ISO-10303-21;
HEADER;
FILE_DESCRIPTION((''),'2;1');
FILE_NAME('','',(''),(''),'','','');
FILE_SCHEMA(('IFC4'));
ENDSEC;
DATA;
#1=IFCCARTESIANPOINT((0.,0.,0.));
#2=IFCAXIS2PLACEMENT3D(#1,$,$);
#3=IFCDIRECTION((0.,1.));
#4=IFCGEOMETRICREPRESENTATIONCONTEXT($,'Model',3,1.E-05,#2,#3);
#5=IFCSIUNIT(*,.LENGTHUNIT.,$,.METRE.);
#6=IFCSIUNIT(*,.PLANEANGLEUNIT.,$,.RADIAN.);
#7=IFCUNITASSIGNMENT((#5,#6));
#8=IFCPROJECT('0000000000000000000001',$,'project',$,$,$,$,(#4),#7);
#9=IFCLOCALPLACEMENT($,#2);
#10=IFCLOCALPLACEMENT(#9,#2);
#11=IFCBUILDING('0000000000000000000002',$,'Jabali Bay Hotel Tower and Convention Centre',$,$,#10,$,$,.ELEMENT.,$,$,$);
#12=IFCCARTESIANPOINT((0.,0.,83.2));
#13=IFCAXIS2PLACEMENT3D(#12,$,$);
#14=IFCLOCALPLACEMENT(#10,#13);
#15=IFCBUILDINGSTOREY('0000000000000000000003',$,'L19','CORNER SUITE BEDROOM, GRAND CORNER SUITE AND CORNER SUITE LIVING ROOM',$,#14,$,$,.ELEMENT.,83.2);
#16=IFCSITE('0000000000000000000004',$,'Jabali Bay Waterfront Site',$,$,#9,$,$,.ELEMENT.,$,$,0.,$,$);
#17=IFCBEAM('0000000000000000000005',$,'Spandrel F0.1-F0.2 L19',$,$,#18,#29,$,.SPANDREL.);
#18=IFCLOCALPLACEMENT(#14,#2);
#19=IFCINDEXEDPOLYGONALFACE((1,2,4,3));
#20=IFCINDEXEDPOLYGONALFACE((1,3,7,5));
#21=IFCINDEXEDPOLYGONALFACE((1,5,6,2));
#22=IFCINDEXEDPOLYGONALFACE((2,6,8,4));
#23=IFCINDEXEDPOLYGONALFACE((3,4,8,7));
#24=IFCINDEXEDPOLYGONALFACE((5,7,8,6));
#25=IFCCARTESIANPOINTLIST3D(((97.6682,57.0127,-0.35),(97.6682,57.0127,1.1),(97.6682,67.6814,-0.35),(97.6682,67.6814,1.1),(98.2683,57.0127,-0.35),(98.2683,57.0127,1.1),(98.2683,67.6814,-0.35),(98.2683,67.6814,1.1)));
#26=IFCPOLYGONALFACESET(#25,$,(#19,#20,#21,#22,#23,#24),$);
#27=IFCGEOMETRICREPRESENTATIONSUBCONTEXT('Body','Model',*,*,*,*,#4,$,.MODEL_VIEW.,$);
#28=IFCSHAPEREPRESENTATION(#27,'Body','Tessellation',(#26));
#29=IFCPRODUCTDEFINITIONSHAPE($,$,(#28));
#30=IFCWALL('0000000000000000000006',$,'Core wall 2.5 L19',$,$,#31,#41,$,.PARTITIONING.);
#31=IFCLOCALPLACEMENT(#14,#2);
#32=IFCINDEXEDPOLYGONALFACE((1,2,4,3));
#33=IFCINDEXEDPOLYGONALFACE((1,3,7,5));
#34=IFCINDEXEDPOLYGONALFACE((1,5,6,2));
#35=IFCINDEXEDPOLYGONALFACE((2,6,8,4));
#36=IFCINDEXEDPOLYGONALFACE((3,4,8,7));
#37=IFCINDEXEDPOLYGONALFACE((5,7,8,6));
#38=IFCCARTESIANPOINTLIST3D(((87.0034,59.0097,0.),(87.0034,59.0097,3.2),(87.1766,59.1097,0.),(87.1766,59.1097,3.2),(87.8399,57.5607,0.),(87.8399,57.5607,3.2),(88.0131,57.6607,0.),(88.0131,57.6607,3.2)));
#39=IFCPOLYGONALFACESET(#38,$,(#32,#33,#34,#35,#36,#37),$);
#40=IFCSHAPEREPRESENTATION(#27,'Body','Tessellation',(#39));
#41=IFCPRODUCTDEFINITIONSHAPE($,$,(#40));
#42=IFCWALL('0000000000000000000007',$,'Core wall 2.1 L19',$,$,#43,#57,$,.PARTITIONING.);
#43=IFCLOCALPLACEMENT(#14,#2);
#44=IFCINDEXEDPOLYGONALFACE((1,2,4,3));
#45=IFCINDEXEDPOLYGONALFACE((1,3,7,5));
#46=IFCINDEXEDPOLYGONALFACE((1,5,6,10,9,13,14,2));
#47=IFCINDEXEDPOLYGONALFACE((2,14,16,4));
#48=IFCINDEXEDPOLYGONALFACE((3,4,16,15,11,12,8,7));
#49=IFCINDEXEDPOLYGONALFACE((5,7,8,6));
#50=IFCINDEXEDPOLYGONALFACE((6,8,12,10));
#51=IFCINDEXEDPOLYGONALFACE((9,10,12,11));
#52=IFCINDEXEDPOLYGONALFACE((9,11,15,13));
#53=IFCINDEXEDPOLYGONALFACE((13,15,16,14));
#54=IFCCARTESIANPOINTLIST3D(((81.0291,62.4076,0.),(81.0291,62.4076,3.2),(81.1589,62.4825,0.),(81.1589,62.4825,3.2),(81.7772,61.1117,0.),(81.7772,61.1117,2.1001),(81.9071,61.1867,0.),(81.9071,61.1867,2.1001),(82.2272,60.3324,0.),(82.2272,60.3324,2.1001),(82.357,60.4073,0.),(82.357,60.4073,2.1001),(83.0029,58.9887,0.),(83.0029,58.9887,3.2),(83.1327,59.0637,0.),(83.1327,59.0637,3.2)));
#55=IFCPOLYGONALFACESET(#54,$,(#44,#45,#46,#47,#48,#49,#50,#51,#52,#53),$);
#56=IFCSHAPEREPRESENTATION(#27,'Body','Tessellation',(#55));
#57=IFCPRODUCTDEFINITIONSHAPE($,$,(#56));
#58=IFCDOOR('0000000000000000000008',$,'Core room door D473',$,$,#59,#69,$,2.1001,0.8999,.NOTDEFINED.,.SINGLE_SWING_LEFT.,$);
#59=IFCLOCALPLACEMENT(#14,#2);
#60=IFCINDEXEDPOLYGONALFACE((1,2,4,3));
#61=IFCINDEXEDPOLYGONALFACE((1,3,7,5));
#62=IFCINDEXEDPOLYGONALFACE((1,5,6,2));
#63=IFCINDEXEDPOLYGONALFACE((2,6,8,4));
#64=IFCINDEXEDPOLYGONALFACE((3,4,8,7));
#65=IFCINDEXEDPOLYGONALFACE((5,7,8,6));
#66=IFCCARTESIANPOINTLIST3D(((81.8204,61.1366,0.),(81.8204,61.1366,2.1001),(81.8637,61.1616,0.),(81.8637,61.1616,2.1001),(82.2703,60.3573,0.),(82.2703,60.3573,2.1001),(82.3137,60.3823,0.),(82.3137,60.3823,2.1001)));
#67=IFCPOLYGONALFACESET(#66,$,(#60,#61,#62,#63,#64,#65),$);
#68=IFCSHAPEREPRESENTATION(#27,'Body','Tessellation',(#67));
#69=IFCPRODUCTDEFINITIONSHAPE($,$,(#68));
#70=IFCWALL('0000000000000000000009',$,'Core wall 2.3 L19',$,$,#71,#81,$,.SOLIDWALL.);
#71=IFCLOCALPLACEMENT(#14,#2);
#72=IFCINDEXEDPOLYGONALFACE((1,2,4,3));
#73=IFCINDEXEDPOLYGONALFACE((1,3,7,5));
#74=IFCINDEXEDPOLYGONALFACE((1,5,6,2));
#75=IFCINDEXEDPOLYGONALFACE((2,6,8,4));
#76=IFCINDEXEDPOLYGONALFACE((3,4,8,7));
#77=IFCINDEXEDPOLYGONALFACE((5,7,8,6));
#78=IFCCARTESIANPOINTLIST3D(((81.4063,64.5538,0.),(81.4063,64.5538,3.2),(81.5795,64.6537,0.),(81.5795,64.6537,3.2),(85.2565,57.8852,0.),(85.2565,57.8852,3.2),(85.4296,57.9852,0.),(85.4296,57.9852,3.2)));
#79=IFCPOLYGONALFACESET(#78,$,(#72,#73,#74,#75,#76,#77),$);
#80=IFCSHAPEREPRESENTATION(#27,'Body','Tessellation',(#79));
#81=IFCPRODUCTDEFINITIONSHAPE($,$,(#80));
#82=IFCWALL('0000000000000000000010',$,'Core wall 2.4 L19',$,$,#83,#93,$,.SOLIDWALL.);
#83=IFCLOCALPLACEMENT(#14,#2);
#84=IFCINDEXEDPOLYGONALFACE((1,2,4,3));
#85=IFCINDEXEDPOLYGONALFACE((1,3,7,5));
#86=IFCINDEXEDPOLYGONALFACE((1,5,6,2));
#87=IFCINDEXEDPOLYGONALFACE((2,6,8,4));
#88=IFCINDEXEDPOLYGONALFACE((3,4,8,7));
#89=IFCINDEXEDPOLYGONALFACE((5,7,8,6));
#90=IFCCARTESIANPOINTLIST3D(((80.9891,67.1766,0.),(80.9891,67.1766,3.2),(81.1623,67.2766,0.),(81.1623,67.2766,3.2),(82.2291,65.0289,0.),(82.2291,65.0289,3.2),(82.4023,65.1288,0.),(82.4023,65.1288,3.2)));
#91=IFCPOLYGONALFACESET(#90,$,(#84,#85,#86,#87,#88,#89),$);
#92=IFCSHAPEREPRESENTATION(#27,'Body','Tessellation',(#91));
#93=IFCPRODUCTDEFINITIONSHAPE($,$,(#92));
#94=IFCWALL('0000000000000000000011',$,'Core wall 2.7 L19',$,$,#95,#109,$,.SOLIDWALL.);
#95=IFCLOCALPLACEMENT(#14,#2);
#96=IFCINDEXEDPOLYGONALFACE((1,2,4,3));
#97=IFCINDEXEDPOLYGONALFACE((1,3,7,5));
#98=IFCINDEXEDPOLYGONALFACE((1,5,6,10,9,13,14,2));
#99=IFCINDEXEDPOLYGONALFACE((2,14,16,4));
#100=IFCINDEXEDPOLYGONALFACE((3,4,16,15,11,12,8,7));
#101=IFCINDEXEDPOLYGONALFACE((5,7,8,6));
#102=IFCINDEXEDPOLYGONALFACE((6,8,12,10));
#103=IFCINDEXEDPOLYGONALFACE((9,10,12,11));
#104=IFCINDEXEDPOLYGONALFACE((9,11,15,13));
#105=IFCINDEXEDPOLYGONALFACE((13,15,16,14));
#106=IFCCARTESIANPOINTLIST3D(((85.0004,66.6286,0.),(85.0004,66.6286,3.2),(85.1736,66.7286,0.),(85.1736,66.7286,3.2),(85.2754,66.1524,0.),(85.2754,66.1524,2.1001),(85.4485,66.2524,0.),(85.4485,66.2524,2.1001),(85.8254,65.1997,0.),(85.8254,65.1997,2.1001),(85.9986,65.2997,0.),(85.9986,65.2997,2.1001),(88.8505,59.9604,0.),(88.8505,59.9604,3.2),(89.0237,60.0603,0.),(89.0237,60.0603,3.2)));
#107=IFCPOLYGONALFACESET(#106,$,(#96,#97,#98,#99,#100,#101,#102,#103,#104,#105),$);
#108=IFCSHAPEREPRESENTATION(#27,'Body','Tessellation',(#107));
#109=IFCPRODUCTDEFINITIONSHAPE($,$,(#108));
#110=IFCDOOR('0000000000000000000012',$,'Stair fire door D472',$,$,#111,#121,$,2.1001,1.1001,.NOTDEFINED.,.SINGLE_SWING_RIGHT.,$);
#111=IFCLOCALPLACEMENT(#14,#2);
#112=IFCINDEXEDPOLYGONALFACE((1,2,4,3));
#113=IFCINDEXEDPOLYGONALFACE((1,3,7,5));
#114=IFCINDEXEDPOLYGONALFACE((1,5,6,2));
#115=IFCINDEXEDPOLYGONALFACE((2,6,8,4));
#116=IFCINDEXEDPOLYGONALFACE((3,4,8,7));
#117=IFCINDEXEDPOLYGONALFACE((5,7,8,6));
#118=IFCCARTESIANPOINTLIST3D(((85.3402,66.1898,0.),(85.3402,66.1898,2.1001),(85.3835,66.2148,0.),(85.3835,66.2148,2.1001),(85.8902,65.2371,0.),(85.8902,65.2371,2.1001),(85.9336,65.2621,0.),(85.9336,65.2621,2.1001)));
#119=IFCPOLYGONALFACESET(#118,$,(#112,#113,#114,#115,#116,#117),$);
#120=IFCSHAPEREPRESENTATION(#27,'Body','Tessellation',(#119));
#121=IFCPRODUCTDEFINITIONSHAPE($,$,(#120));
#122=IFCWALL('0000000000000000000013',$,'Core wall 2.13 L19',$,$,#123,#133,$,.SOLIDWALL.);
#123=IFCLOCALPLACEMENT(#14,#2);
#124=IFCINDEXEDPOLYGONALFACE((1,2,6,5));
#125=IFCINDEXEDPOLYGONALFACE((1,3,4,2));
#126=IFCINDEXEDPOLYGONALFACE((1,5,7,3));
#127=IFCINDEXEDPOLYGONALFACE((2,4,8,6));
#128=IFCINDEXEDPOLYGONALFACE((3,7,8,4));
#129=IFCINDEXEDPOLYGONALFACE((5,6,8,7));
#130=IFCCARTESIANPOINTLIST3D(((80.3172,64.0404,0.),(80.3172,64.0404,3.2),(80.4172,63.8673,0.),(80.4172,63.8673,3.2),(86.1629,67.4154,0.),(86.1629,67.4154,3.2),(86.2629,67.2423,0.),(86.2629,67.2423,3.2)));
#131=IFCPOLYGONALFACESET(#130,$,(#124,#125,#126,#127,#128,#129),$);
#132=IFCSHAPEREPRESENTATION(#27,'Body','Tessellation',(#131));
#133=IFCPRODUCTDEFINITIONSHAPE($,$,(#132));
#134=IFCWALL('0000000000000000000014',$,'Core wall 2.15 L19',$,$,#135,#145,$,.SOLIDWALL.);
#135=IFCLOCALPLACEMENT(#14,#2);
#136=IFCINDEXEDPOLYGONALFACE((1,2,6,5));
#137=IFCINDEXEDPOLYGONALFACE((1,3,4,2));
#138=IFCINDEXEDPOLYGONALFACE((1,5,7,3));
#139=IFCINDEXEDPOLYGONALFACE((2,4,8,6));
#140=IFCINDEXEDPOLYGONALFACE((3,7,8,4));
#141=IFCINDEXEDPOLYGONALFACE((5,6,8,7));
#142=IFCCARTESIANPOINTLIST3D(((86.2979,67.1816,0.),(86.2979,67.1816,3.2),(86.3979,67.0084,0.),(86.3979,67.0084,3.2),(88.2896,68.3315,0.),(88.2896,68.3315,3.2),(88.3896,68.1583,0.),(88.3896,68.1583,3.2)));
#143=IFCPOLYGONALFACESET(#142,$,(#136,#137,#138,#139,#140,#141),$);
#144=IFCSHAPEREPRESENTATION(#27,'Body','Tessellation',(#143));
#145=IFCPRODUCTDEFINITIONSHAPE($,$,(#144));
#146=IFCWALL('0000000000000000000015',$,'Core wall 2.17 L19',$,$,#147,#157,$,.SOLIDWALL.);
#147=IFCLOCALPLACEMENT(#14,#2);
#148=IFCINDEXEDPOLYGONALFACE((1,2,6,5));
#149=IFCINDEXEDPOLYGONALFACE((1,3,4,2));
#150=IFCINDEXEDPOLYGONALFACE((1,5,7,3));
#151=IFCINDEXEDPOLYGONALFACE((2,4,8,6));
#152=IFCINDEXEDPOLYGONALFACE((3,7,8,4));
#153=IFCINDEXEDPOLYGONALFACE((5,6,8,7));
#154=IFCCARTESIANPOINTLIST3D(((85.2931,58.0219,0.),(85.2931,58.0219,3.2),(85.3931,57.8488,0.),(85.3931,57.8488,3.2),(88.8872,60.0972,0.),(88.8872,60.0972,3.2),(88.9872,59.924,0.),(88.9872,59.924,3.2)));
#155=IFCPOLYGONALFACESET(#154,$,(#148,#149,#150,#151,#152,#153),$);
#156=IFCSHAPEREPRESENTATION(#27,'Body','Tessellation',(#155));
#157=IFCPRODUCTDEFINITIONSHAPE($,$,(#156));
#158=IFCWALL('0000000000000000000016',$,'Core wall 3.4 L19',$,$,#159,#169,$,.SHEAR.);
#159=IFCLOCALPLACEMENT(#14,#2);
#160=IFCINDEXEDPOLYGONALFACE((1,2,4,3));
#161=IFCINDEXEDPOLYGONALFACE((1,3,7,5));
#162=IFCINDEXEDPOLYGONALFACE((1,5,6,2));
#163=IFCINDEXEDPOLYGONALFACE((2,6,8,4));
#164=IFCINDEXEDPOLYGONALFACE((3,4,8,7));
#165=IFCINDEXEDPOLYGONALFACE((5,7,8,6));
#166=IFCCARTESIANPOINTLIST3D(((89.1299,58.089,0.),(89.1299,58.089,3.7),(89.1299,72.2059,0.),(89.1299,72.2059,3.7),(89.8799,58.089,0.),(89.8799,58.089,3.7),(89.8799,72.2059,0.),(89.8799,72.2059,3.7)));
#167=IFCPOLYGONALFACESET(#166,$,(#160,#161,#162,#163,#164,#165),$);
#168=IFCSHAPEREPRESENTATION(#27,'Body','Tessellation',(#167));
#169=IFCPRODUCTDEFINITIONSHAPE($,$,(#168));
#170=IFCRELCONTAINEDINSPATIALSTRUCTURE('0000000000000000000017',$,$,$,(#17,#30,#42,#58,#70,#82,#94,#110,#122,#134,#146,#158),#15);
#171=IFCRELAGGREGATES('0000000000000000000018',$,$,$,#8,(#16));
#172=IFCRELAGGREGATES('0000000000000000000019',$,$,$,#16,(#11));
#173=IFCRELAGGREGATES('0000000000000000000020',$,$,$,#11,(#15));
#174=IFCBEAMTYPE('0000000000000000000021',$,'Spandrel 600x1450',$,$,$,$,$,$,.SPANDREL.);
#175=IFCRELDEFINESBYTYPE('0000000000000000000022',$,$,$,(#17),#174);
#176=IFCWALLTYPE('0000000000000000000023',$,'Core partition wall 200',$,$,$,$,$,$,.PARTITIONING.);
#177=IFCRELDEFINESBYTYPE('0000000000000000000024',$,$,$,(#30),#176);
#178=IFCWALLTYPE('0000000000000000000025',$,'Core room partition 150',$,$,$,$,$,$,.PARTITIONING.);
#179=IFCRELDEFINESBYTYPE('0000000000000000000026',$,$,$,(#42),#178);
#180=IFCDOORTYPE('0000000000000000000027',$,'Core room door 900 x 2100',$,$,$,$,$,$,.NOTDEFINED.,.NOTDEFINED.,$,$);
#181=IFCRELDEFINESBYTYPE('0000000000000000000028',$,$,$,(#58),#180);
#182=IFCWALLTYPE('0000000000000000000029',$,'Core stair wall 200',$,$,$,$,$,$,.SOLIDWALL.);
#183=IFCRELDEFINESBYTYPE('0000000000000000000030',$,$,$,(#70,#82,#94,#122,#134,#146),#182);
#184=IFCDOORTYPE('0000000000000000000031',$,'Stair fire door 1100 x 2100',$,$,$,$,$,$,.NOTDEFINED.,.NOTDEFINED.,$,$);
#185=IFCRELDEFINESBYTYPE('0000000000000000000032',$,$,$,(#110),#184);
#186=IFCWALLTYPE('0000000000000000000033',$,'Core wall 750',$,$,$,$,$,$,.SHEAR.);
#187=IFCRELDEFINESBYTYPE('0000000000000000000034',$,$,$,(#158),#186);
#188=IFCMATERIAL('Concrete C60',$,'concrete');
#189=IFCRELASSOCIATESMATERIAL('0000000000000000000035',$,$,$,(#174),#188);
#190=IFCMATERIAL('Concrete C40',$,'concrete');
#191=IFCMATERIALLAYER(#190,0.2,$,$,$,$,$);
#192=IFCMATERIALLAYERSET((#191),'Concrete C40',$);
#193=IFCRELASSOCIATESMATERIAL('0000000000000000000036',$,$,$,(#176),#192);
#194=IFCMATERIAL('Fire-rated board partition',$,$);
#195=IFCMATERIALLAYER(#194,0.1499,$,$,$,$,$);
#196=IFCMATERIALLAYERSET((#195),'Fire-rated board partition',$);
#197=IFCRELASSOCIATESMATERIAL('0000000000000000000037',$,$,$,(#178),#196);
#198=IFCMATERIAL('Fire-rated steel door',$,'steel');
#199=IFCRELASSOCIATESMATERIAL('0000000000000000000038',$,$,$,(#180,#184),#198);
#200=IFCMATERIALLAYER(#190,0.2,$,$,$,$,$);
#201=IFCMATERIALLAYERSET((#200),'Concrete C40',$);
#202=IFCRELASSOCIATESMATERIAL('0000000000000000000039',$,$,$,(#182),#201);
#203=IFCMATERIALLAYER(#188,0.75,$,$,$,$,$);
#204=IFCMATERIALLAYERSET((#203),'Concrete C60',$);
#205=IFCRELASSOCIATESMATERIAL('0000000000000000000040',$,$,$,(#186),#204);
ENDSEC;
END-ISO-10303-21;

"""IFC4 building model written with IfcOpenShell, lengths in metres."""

from ifc_helpers import new_model, si_unit, direction, frame, frame_2d, origin, origin_2d, place, context, subcontext, project, spatial, rectangle, extrude, material, layer, layer_set, material_profile, profile_set, type_object, element, fill, save


model = new_model("IFC4")

# Units and contexts
model_context = context("Model", 3, precision=1e-05, world=origin(), true_north=direction((0.0, 1.0)))
body_context = subcontext(model_context, "Body", "Model", "MODEL_VIEW")
ifc_project = project(units=[si_unit("LENGTHUNIT", "METRE"), si_unit("PLANEANGLEUNIT", "RADIAN")], contexts=[model_context])

# Site, building, storey
site_placement = place(None, origin())
site = spatial("IfcSite", under=ifc_project, at=site_placement, Name="Jabali Bay Waterfront Site", CompositionType="ELEMENT", RefElevation=0.0)
building_placement = place(site_placement, origin())
building = spatial("IfcBuilding", under=site, at=building_placement, Name="Jabali Bay Hotel Tower and Convention Centre", CompositionType="ELEMENT")
storey_placement = place(building_placement, frame((0.0, 0.0, 83.2)))
storey = spatial("IfcBuildingStorey", under=building, at=storey_placement, Name="L19", Description="CORNER SUITE BEDROOM, GRAND CORNER SUITE AND CORNER SUITE LIVING ROOM", CompositionType="ELEMENT", Elevation=83.2)

# Beam
ifc_material_1 = material(Name="Concrete C60", Category="concrete")
ifc_material_profile = material_profile(ifc_material_1, rectangle(XDim=0.6001, YDim=1.45, at=origin_2d()), Name="Spandrel 600x1450")
ifc_profile_set = profile_set([ifc_material_profile], Name="Concrete C60")
beam_type = type_object("IfcBeamType", Name="Spandrel 600x1450", PredefinedType="SPANDREL", material=ifc_profile_set)
beam_placement = place(storey_placement, frame((97.9683, 57.0127, 0.375), z_axis=(0.0, 1.0, 0.0), x_axis=(-1.0, 0.0, 0.0)))
element("IfcBeam", 1, at=beam_placement, inside=storey, type_object=beam_type, Name="Spandrel F0.1-F0.2 L19", PredefinedType="SPANDREL", context=body_context, shape_type="SweptSolid", body=[
    extrude(rectangle(XDim=0.6001, YDim=1.45, at=origin_2d()), origin(), (0.0, 0.0, 1.0), 10.6687),
])

# Wall
ifc_material_2 = material(Name="Concrete C40", Category="concrete")
ifc_layer_1 = layer(ifc_material_2, 0.2)
ifc_layer_set_1 = layer_set([ifc_layer_1], Name="Concrete C40")
wall_type_1 = type_object("IfcWallType", Name="Core partition wall 200", PredefinedType="PARTITIONING", material=ifc_layer_set_1)
wall_1_placement = place(storey_placement, frame((87.0901, 59.0596, 0.0), z_axis=(0.0, 0.0, 1.0), x_axis=(0.499937, -0.866062, 0.0)))
element("IfcWall", 2, at=wall_1_placement, inside=storey, type_object=wall_type_1, Name="Core wall 2.5 L19", PredefinedType="PARTITIONING", context=body_context, shape_type="SweptSolid", body=[
    extrude(rectangle(XDim=1.6731, YDim=0.2, at=frame_2d((0.8364, 0.0))), origin(), (0.0, 0.0, 1.0), 3.2),
])

# Wall, opening, door
ifc_material_3 = material(Name="Fire-rated board partition")
ifc_layer_2 = layer(ifc_material_3, 0.1499)
ifc_layer_set_2 = layer_set([ifc_layer_2], Name="Fire-rated board partition")
wall_type_2 = type_object("IfcWallType", Name="Core room partition 150", PredefinedType="PARTITIONING", material=ifc_layer_set_2)
wall_2_placement = place(storey_placement, frame((81.094, 62.4451, 0.0), z_axis=(0.0, 0.0, 1.0), x_axis=(0.49999, -0.866031, 0.0)))
wall_2 = element("IfcWall", 3, at=wall_2_placement, inside=storey, type_object=wall_type_2, Name="Core wall 2.1 L19", PredefinedType="PARTITIONING", context=body_context, shape_type="SweptSolid", body=[
    extrude(rectangle(XDim=3.9478, YDim=0.1499, at=frame_2d((1.9739, 0.0))), origin(), (0.0, 0.0, 1.0), 3.2),
])
opening_1_placement = place(wall_2_placement, frame((1.4963, 0.0, 0.0)))
opening_1 = element("IfcOpeningElement", 4, at=opening_1_placement, cuts=wall_2, PredefinedType="OPENING", context=body_context, shape_type="SweptSolid", body=[
    extrude(rectangle(XDim=0.8999, YDim=2.1001, at=frame_2d((0.45, 1.05))), frame((0.0, 0.0854, 0.0), z_axis=(0.0, -1.0, 0.0), x_axis=(1.0, 0.0, 0.0)), (0.0, 0.0, 1.0), 0.1709),
])
ifc_material_4 = material(Name="Fire-rated steel door", Category="steel")
door_type_1 = type_object("IfcDoorType", Name="Core room door 900 x 2100", OperationType="NOTDEFINED", PredefinedType="NOTDEFINED", material=ifc_material_4)
door_1_placement = place(opening_1_placement, origin())
door_1 = element("IfcDoor", 5, at=door_1_placement, inside=storey, type_object=door_type_1, Name="Core room door D473", OperationType="SINGLE_SWING_LEFT", OverallHeight=2.1001, OverallWidth=0.8999, PredefinedType="NOTDEFINED", context=body_context, shape_type="SweptSolid", body=[
    extrude(rectangle(XDim=0.8999, YDim=2.1001, at=frame_2d((0.45, 1.05))), frame((0.0, 0.0249, 0.0), z_axis=(0.0, -1.0, 0.0), x_axis=(1.0, 0.0, 0.0)), (0.0, 0.0, 1.0), 0.05),
])
fill(opening_1, door_1)

# Walls
ifc_layer_3 = layer(ifc_material_2, 0.2)
ifc_layer_set_3 = layer_set([ifc_layer_3], Name="Concrete C40")
wall_type_3 = type_object("IfcWallType", Name="Core stair wall 200", PredefinedType="SOLIDWALL", material=ifc_layer_set_3)
wall_3_placement = place(storey_placement, frame((81.4929, 64.6038, 0.0), z_axis=(0.0, 0.0, 1.0), x_axis=(0.500006, -0.866022, 0.0)))
element("IfcWall", 6, at=wall_3_placement, inside=storey, type_object=wall_type_3, Name="Core wall 2.3 L19", PredefinedType="SOLIDWALL", context=body_context, shape_type="SweptSolid", body=[
    extrude(rectangle(XDim=7.7002, YDim=0.2, at=frame_2d((3.8501, 0.0))), origin(), (0.0, 0.0, 1.0), 3.2),
])
wall_4_placement = place(storey_placement, frame((81.0757, 67.2266, 0.0), z_axis=(0.0, 0.0, 1.0), x_axis=(0.500004, -0.866023, 0.0)))
element("IfcWall", 7, at=wall_4_placement, inside=storey, type_object=wall_type_3, Name="Core wall 2.4 L19", PredefinedType="SOLIDWALL", context=body_context, shape_type="SweptSolid", body=[
    extrude(rectangle(XDim=2.48, YDim=0.2, at=frame_2d((1.24, 0.0))), origin(), (0.0, 0.0, 1.0), 3.2),
])

# Wall, opening, door
wall_5_placement = place(storey_placement, frame((85.0869, 66.6787, 0.0), z_axis=(0.0, 0.0, 1.0), x_axis=(0.50002, -0.866014, 0.0)))
wall_5 = element("IfcWall", 8, at=wall_5_placement, inside=storey, type_object=wall_type_3, Name="Core wall 2.7 L19", PredefinedType="SOLIDWALL", context=body_context, shape_type="SweptSolid", body=[
    extrude(rectangle(XDim=7.7, YDim=0.2, at=frame_2d((3.8501, 0.0))), origin(), (0.0, 0.0, 1.0), 3.2),
])
opening_2_placement = place(wall_5_placement, frame((0.55, 0.0, 0.0)))
opening_2 = element("IfcOpeningElement", 9, at=opening_2_placement, cuts=wall_5, PredefinedType="OPENING", context=body_context, shape_type="SweptSolid", body=[
    extrude(rectangle(XDim=1.1001, YDim=2.1001, at=frame_2d((0.55, 1.05))), frame((0.0, 0.1104, 0.0), z_axis=(0.0, -1.0, 0.0), x_axis=(1.0, 0.0, 0.0)), (0.0, 0.0, 1.0), 0.2209),
])
door_type_2 = type_object("IfcDoorType", Name="Stair fire door 1100 x 2100", OperationType="NOTDEFINED", PredefinedType="NOTDEFINED", material=ifc_material_4)
door_2_placement = place(opening_2_placement, origin())
door_2 = element("IfcDoor", 10, at=door_2_placement, inside=storey, type_object=door_type_2, Name="Stair fire door D472", OperationType="SINGLE_SWING_RIGHT", OverallHeight=2.1001, OverallWidth=1.1001, PredefinedType="NOTDEFINED", context=body_context, shape_type="SweptSolid", body=[
    extrude(rectangle(XDim=1.1001, YDim=2.1001, at=frame_2d((0.55, 1.05))), frame((0.0, 0.0249, 0.0), z_axis=(0.0, -1.0, 0.0), x_axis=(1.0, 0.0, 0.0)), (0.0, 0.0, 1.0), 0.05),
])
fill(opening_2, door_2)

# Walls
wall_6_placement = place(storey_placement, frame((80.3672, 63.9539, 0.0), z_axis=(0.0, 0.0, 1.0), x_axis=(0.866027, 0.499998, 0.0)))
element("IfcWall", 11, at=wall_6_placement, inside=storey, type_object=wall_type_3, Name="Core wall 2.13 L19", PredefinedType="SOLIDWALL", context=body_context, shape_type="SweptSolid", body=[
    extrude(rectangle(XDim=6.75, YDim=0.2, at=frame_2d((3.375, 0.0))), origin(), (0.0, 0.0, 1.0), 3.2),
])
wall_7_placement = place(storey_placement, frame((86.3479, 67.095, 0.0), z_axis=(0.0, 0.0, 1.0), x_axis=(0.866026, 0.499998, 0.0)))
element("IfcWall", 12, at=wall_7_placement, inside=storey, type_object=wall_type_3, Name="Core wall 2.15 L19", PredefinedType="SOLIDWALL", context=body_context, shape_type="SweptSolid", body=[
    extrude(rectangle(XDim=2.2998, YDim=0.2, at=frame_2d((1.1499, 0.0))), origin(), (0.0, 0.0, 1.0), 3.2),
])
wall_8_placement = place(storey_placement, frame((85.343, 57.9353, 0.0), z_axis=(0.0, 0.0, 1.0), x_axis=(0.866004, 0.500036, 0.0)))
element("IfcWall", 13, at=wall_8_placement, inside=storey, type_object=wall_type_3, Name="Core wall 2.17 L19", PredefinedType="SOLIDWALL", context=body_context, shape_type="SweptSolid", body=[
    extrude(rectangle(XDim=4.1501, YDim=0.2, at=frame_2d((2.0752, 0.0))), origin(), (0.0, 0.0, 1.0), 3.2),
])
ifc_layer_4 = layer(ifc_material_1, 0.75)
ifc_layer_set_4 = layer_set([ifc_layer_4], Name="Concrete C60")
wall_type_4 = type_object("IfcWallType", Name="Core wall 750", PredefinedType="SHEAR", material=ifc_layer_set_4)
wall_9_placement = place(storey_placement, frame((89.5049, 58.0889, 0.0), z_axis=(0.0, 0.0, 1.0), x_axis=(0.0, 1.0, 0.0)))
element("IfcWall", 14, at=wall_9_placement, inside=storey, type_object=wall_type_4, Name="Core wall 3.4 L19", PredefinedType="SHEAR", context=body_context, shape_type="SweptSolid", body=[
    extrude(rectangle(XDim=14.1169, YDim=0.75, at=frame_2d((7.0586, 0.0))), origin(), (0.0, 0.0, 1.0), 3.7),
])

save(model, "model.ifc")
